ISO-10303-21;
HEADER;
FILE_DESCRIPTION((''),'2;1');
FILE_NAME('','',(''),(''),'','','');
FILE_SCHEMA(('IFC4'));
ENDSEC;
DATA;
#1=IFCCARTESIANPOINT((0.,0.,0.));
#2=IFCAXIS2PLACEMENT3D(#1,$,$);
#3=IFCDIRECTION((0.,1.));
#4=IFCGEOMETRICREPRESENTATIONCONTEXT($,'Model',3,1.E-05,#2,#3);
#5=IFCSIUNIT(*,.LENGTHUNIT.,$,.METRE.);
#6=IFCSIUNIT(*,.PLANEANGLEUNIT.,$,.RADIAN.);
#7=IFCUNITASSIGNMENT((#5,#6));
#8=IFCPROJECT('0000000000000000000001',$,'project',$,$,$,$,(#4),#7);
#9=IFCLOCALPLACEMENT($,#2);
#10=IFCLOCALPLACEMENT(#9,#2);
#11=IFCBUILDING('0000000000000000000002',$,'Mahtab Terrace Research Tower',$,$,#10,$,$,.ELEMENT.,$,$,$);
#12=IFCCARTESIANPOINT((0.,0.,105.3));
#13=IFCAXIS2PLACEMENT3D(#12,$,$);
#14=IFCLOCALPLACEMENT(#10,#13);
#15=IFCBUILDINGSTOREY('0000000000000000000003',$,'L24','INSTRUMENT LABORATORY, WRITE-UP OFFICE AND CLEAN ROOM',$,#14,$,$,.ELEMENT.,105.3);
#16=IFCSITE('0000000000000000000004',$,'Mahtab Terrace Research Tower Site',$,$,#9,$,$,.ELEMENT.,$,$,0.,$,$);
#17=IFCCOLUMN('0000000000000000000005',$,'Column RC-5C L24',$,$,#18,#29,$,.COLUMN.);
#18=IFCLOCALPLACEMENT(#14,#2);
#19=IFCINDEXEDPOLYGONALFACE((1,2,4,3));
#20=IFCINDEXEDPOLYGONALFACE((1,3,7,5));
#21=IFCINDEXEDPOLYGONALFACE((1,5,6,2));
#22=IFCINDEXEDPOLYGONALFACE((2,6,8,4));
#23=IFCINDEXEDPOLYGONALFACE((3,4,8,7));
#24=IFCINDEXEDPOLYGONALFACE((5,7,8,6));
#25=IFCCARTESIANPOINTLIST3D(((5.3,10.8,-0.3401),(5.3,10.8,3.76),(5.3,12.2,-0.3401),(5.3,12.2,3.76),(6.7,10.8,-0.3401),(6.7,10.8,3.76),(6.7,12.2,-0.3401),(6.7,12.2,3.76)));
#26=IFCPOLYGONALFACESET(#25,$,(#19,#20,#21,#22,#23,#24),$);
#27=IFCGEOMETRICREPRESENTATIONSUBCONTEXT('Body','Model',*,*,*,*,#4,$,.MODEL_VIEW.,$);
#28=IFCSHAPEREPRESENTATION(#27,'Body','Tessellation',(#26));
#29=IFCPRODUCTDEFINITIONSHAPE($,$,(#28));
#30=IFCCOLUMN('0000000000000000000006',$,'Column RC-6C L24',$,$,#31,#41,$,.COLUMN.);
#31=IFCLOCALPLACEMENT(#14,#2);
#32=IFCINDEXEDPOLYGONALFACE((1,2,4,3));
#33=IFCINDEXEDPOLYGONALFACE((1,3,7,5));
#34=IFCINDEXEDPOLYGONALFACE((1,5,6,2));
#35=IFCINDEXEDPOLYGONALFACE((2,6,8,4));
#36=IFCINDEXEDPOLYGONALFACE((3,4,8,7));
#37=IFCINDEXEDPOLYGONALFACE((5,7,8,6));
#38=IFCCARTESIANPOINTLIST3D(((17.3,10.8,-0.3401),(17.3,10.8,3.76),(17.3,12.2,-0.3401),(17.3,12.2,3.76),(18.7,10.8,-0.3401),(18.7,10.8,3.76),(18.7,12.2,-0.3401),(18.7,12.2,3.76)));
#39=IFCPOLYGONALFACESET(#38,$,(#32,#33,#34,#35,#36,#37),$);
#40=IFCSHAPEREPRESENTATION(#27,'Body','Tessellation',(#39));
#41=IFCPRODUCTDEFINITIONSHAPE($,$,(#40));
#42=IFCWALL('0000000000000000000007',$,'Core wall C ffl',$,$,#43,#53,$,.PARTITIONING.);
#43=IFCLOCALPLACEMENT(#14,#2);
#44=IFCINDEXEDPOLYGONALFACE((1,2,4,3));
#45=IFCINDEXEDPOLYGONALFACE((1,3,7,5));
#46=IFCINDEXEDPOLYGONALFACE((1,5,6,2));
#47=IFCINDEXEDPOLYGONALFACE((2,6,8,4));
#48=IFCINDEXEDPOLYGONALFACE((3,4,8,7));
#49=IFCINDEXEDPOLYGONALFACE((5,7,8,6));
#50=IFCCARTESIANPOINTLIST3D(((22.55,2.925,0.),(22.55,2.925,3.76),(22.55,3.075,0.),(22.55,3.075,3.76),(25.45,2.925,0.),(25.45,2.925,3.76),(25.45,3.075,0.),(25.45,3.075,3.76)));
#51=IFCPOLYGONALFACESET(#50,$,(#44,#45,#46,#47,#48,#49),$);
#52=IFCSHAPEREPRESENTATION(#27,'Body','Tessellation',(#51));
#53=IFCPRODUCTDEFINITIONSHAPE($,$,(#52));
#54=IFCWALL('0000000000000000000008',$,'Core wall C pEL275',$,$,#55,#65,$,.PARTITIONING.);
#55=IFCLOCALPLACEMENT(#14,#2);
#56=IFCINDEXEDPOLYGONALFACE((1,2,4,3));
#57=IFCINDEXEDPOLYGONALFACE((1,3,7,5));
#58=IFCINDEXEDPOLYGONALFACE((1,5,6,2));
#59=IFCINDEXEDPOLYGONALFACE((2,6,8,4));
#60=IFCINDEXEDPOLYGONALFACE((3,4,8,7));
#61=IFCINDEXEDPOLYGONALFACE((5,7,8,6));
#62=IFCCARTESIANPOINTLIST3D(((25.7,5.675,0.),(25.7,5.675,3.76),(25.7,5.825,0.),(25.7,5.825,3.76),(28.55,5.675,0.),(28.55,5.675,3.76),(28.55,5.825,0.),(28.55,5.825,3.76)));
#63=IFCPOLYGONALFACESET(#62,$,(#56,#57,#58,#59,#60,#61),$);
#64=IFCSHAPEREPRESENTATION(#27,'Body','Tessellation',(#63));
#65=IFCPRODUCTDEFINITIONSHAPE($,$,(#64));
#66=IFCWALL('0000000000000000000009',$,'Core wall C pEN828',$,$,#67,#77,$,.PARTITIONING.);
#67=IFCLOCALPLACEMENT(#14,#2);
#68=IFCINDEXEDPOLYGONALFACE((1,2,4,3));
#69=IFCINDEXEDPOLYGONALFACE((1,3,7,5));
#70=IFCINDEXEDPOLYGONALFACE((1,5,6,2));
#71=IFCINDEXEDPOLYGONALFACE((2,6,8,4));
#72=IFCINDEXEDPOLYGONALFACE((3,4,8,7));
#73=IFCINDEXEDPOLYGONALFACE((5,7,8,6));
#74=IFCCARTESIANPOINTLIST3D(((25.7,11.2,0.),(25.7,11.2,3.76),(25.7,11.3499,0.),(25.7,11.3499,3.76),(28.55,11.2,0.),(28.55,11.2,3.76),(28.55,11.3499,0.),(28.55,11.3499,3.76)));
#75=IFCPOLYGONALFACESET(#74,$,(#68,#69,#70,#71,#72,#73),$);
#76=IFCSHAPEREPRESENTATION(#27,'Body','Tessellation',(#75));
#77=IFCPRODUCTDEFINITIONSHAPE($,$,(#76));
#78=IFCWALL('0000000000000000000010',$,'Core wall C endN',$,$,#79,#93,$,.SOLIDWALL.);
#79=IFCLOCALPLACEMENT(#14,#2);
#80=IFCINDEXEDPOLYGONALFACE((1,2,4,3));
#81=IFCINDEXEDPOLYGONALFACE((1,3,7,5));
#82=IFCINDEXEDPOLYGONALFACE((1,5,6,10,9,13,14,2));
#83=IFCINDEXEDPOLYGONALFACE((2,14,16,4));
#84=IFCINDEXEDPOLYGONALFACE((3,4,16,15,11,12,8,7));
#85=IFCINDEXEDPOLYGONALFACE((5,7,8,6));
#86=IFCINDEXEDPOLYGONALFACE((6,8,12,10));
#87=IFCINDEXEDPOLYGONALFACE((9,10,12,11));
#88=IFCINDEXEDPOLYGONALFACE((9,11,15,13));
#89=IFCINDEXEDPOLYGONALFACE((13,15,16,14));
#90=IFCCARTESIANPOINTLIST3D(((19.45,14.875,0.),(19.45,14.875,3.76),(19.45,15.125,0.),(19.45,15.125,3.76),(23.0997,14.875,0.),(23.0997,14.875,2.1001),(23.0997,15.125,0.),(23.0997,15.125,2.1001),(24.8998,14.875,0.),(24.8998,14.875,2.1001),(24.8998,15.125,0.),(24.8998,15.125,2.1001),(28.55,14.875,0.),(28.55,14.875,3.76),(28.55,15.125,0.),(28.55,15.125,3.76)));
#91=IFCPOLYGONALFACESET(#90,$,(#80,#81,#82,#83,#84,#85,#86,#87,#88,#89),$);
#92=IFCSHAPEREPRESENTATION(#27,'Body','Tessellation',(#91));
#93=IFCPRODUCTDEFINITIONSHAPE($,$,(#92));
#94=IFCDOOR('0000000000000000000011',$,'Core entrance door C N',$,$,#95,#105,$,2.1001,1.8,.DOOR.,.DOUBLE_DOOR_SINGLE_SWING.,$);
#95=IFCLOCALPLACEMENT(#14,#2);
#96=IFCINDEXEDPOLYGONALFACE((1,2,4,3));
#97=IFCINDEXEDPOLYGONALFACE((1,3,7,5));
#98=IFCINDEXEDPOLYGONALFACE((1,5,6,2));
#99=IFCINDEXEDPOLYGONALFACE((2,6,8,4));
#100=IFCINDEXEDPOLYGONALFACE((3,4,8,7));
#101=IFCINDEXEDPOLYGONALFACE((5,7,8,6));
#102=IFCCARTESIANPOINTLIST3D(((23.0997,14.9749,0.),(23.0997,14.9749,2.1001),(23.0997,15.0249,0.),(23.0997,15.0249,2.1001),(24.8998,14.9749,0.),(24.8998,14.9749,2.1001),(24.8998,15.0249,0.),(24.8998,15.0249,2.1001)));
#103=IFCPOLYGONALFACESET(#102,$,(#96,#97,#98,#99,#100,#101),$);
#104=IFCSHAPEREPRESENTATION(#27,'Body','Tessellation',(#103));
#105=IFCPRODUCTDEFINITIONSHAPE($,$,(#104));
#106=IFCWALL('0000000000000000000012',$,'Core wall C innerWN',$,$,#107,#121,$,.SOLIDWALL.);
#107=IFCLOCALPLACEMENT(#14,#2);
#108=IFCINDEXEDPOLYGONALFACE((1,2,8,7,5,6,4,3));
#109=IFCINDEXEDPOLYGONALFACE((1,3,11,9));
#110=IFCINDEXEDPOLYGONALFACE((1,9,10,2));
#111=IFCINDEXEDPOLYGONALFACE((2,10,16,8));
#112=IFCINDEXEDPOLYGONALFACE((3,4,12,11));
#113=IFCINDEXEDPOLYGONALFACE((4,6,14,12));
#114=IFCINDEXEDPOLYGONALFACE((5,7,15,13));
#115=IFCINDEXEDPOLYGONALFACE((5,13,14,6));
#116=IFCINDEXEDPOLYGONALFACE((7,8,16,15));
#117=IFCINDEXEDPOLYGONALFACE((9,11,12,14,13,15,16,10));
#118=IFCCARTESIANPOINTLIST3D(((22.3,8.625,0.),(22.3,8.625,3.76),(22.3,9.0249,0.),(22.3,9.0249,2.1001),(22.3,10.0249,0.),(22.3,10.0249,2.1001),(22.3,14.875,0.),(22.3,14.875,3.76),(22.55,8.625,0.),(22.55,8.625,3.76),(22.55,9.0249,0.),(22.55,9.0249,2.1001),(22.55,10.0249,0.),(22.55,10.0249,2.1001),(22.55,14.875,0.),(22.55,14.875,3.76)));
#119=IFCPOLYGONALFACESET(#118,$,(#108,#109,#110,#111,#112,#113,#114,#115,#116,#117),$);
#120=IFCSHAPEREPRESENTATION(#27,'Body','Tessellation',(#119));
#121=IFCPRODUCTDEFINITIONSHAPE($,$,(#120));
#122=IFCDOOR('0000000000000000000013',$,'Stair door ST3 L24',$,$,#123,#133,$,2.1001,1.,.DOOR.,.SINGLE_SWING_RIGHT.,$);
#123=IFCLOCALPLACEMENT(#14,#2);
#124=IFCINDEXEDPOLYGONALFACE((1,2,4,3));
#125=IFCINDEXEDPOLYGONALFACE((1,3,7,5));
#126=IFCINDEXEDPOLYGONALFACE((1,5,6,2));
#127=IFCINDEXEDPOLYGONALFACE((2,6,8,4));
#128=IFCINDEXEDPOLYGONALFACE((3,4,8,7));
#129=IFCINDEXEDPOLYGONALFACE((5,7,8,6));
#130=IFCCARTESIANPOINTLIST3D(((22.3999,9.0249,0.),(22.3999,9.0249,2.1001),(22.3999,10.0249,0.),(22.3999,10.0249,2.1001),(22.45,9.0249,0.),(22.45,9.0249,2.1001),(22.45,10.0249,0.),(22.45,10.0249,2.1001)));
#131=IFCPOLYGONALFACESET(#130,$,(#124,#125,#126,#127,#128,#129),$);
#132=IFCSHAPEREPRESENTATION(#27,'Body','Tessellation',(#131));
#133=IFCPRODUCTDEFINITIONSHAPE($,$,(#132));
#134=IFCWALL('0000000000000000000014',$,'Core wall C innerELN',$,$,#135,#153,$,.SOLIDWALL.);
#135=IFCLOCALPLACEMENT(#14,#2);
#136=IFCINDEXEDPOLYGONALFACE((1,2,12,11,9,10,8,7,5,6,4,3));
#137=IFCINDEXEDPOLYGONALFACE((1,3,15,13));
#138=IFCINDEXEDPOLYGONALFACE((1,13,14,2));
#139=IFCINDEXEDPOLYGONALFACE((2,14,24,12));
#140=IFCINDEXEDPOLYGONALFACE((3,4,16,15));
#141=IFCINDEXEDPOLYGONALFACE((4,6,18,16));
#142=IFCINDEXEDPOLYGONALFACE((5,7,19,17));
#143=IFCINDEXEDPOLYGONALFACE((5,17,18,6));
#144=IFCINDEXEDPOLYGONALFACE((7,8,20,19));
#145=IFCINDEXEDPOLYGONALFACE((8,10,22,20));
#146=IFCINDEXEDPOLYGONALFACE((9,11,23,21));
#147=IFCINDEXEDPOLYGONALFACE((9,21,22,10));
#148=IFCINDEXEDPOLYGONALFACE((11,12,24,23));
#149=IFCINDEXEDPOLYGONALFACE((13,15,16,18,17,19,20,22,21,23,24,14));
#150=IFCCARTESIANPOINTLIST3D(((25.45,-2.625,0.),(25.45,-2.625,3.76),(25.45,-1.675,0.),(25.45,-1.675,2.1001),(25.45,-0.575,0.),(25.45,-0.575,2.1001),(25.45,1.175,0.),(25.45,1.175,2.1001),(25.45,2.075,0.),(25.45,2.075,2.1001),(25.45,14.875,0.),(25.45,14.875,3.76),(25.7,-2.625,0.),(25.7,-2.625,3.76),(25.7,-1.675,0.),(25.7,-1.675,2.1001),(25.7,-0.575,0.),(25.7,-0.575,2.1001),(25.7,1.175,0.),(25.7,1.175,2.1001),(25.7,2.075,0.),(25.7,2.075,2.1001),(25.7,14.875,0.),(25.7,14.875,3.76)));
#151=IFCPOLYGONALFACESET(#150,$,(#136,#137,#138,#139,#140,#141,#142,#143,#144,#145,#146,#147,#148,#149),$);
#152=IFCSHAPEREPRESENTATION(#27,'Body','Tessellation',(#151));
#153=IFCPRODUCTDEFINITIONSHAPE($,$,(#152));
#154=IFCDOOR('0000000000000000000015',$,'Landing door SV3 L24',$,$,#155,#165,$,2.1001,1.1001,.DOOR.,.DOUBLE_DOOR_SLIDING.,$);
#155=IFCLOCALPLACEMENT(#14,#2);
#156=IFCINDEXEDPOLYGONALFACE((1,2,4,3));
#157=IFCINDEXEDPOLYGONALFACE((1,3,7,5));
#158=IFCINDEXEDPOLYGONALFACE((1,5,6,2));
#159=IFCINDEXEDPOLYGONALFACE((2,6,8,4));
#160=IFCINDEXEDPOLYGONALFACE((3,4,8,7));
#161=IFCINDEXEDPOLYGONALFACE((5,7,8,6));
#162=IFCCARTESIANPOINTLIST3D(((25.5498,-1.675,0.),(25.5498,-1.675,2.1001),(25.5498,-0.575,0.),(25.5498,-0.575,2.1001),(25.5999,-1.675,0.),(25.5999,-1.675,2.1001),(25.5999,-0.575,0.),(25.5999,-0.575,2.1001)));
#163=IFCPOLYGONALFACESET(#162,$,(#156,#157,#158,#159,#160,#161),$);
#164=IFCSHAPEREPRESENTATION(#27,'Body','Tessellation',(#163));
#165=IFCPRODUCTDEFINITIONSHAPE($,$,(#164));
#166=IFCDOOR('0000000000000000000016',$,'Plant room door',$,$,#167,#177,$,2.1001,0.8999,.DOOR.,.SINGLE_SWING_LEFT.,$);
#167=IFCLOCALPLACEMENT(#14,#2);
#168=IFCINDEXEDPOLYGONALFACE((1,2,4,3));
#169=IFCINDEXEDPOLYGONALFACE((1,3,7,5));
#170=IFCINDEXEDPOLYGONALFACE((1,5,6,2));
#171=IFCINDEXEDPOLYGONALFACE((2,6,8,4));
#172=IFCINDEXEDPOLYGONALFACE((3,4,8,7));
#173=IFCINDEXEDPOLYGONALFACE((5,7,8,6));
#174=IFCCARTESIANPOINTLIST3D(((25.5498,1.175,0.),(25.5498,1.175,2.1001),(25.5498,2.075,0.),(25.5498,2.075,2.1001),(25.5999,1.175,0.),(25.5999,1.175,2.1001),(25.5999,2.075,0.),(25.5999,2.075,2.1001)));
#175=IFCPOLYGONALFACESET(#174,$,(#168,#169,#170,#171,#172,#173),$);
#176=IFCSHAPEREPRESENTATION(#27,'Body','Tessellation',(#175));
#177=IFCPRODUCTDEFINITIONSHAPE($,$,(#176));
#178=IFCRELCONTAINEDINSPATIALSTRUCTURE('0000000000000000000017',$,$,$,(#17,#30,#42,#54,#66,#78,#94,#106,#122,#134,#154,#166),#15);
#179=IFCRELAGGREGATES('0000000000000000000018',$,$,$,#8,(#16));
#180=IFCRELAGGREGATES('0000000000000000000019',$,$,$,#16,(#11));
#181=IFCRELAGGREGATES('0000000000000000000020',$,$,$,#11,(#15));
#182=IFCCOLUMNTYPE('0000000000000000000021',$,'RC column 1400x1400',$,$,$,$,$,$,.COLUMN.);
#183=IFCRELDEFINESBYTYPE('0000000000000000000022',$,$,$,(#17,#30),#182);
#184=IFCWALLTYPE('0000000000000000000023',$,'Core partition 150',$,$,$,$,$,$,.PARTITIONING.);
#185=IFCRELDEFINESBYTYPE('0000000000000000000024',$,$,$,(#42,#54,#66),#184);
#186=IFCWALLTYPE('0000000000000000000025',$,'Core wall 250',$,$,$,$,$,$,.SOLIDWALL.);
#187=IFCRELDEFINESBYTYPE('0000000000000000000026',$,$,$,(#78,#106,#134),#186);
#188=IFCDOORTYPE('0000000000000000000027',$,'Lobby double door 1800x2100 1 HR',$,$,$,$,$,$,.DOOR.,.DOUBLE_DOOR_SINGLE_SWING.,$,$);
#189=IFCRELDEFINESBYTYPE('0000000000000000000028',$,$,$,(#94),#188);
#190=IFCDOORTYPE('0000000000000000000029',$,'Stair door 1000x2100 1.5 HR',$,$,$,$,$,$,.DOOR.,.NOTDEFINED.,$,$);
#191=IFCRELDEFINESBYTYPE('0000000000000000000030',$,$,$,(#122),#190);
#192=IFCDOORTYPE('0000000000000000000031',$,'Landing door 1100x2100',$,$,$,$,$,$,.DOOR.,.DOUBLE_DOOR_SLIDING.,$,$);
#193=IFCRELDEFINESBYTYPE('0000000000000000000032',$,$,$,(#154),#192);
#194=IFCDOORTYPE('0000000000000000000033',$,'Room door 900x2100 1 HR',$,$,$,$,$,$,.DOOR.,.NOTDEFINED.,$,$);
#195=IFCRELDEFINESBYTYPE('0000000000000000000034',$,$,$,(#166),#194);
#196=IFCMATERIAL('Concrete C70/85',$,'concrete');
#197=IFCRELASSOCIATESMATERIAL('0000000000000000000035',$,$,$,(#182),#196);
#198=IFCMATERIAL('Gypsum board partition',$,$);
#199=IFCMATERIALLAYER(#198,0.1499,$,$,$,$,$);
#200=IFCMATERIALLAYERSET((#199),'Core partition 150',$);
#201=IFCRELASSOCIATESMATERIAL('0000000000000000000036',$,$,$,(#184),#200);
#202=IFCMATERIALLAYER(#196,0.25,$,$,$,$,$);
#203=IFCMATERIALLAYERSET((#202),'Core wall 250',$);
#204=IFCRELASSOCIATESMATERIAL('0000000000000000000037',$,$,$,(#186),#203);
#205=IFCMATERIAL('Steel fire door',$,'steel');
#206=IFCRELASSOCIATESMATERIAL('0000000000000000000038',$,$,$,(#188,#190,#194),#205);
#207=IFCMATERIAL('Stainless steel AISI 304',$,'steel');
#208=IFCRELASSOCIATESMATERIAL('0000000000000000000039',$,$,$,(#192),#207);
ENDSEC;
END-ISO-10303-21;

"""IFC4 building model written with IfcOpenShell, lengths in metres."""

from ifc_helpers import new_model, si_unit, direction, frame, frame_2d, origin, origin_2d, place, context, subcontext, project, spatial, rectangle, extrude, material, layer, layer_set, material_profile, profile_set, type_object, element, fill, save


model = new_model("IFC4")

# Units and contexts
model_context = context("Model", 3, precision=1e-05, world=origin(), true_north=direction((0.0, 1.0)))
body_context = subcontext(model_context, "Body", "Model", "MODEL_VIEW")
ifc_project = project(units=[si_unit("LENGTHUNIT", "METRE"), si_unit("PLANEANGLEUNIT", "RADIAN")], contexts=[model_context])

# Site, building, storey
site_placement = place(None, origin())
site = spatial("IfcSite", under=ifc_project, at=site_placement, Name="Mahtab Terrace Research Tower Site", CompositionType="ELEMENT", RefElevation=0.0)
building_placement = place(site_placement, origin())
building = spatial("IfcBuilding", under=site, at=building_placement, Name="Mahtab Terrace Research Tower", CompositionType="ELEMENT")
storey_placement = place(building_placement, frame((0.0, 0.0, 105.3)))
storey = spatial("IfcBuildingStorey", under=building, at=storey_placement, Name="L24", Description="INSTRUMENT LABORATORY, WRITE-UP OFFICE AND CLEAN ROOM", CompositionType="ELEMENT", Elevation=105.3)

# Columns
ifc_material_1 = material(Name="Concrete C70/85", Category="concrete")
ifc_material_profile = material_profile(ifc_material_1, rectangle(XDim=1.3999, YDim=1.3999, at=origin_2d()), Name="RC column 1400x1400")
ifc_profile_set = profile_set([ifc_material_profile], Name="Concrete C70/85")
column_type = type_object("IfcColumnType", Name="RC column 1400x1400", PredefinedType="COLUMN", material=ifc_profile_set)
for number, where, z_axis, x_axis, name in (
    (1, (6.0, 11.5, -0.3401), (0.0, 0.0, 1.0), (1.0, 0.0, 0.0), "Column RC-5C L24"),
    (2, (18.0, 11.5, -0.3401), (0.0, 0.0, 1.0), (1.0, 0.0, 0.0), "Column RC-6C L24"),
):
    element("IfcColumn", number, at=place(storey_placement, frame(where, z_axis=z_axis, x_axis=x_axis)), inside=storey, type_object=column_type, Name=name, PredefinedType="COLUMN", context=body_context, shape_type="SweptSolid", body=[
        extrude(rectangle(XDim=1.3999, YDim=1.3999, at=origin_2d()), origin(), (0.0, 0.0, 1.0), 4.1001),
    ])

# Walls
ifc_material_2 = material(Name="Gypsum board partition")
ifc_layer_1 = layer(ifc_material_2, 0.1499)
ifc_layer_set_1 = layer_set([ifc_layer_1], Name="Core partition 150")
wall_type_1 = type_object("IfcWallType", Name="Core partition 150", PredefinedType="PARTITIONING", material=ifc_layer_set_1)
wall_1_placement = place(storey_placement, frame((22.55, 3.0, 0.0), z_axis=(0.0, 0.0, 1.0), x_axis=(1.0, 0.0, 0.0)))
element("IfcWall", 3, at=wall_1_placement, inside=storey, type_object=wall_type_1, Name="Core wall C ffl", PredefinedType="PARTITIONING", context=body_context, shape_type="SweptSolid", body=[
    extrude(rectangle(XDim=2.8999, YDim=0.1499, at=frame_2d((1.45, 0.0))), origin(), (0.0, 0.0, 1.0), 3.76),
])
for number, where, z_axis, x_axis, name in (
    (4, (25.7, 5.75, 0.0), (0.0, 0.0, 1.0), (1.0, 0.0, 0.0), "Core wall C pEL275"),
    (5, (25.7, 11.2749, 0.0), (0.0, 0.0, 1.0), (1.0, 0.0, 0.0), "Core wall C pEN828"),
):
    element("IfcWall", number, at=place(storey_placement, frame(where, z_axis=z_axis, x_axis=x_axis)), inside=storey, type_object=wall_type_1, Name=name, PredefinedType="PARTITIONING", context=body_context, shape_type="SweptSolid", body=[
        extrude(rectangle(XDim=2.8501, YDim=0.1499, at=frame_2d((1.425, 0.0))), origin(), (0.0, 0.0, 1.0), 3.76),
    ])

# Walls, openings, doors
ifc_layer_2 = layer(ifc_material_1, 0.25)
ifc_layer_set_2 = layer_set([ifc_layer_2], Name="Core wall 250")
wall_type_2 = type_object("IfcWallType", Name="Core wall 250", PredefinedType="SOLIDWALL", material=ifc_layer_set_2)
wall_2_placement = place(storey_placement, frame((19.45, 15.0, 0.0), z_axis=(0.0, 0.0, 1.0), x_axis=(1.0, 0.0, 0.0)))
wall_2 = element("IfcWall", 6, at=wall_2_placement, inside=storey, type_object=wall_type_2, Name="Core wall C endN", PredefinedType="SOLIDWALL", context=body_context, shape_type="SweptSolid", body=[
    extrude(rectangle(XDim=9.1001, YDim=0.25, at=frame_2d((4.55, 0.0))), origin(), (0.0, 0.0, 1.0), 3.76),
])
opening_1_placement = place(wall_2_placement, frame((3.6499, 0.0, 0.0)))
opening_1 = element("IfcOpeningElement", 7, at=opening_1_placement, cuts=wall_2, PredefinedType="OPENING", context=body_context, shape_type="SweptSolid", body=[
    extrude(rectangle(XDim=1.8, YDim=2.1001, at=frame_2d((0.8999, 1.05))), frame((0.0, 0.135, 0.0), z_axis=(0.0, -1.0, 0.0), x_axis=(1.0, 0.0, 0.0)), (0.0, 0.0, 1.0), 0.27),
])
ifc_material_3 = material(Name="Steel fire door", Category="steel")
door_type_1 = type_object("IfcDoorType", Name="Lobby double door 1800x2100 1 HR", OperationType="DOUBLE_DOOR_SINGLE_SWING", PredefinedType="DOOR", material=ifc_material_3)
door_1_placement = place(opening_1_placement, origin())
door_1 = element("IfcDoor", 8, at=door_1_placement, inside=storey, type_object=door_type_1, Name="Core entrance door C N", OperationType="DOUBLE_DOOR_SINGLE_SWING", OverallHeight=2.1001, OverallWidth=1.8, PredefinedType="DOOR", context=body_context, shape_type="SweptSolid", body=[
    extrude(rectangle(XDim=1.8, YDim=2.1001, at=frame_2d((0.8999, 1.05))), frame((0.0, 0.0249, 0.0), z_axis=(0.0, -1.0, 0.0), x_axis=(1.0, 0.0, 0.0)), (0.0, 0.0, 1.0), 0.05),
])
fill(opening_1, door_1)
wall_3_placement = place(storey_placement, frame((22.425, 14.875, 0.0), z_axis=(0.0, 0.0, 1.0), x_axis=(0.0, -1.0, 0.0)))
wall_3 = element("IfcWall", 9, at=wall_3_placement, inside=storey, type_object=wall_type_2, Name="Core wall C innerWN", PredefinedType="SOLIDWALL", context=body_context, shape_type="SweptSolid", body=[
    extrude(rectangle(XDim=6.25, YDim=0.25, at=frame_2d((3.125, 0.0))), origin(), (0.0, 0.0, 1.0), 3.76),
])
opening_2_placement = place(wall_3_placement, frame((4.8501, 0.0, 0.0)))
opening_2 = element("IfcOpeningElement", 10, at=opening_2_placement, cuts=wall_3, PredefinedType="OPENING", context=body_context, shape_type="SweptSolid", body=[
    extrude(rectangle(XDim=1.0, YDim=2.1001, at=frame_2d((0.5, 1.05))), frame((0.0, 0.135, 0.0), z_axis=(0.0, -1.0, 0.0), x_axis=(1.0, 0.0, 0.0)), (0.0, 0.0, 1.0), 0.27),
])
door_type_2 = type_object("IfcDoorType", Name="Stair door 1000x2100 1.5 HR", OperationType="NOTDEFINED", PredefinedType="DOOR", material=ifc_material_3)
door_2_placement = place(opening_2_placement, origin())
door_2 = element("IfcDoor", 11, at=door_2_placement, inside=storey, type_object=door_type_2, Name="Stair door ST3 L24", OperationType="SINGLE_SWING_RIGHT", OverallHeight=2.1001, OverallWidth=1.0, PredefinedType="DOOR", context=body_context, shape_type="SweptSolid", body=[
    extrude(rectangle(XDim=1.0, YDim=2.1001, at=frame_2d((0.5, 1.05))), frame((0.0, 0.0249, 0.0), z_axis=(0.0, -1.0, 0.0), x_axis=(1.0, 0.0, 0.0)), (0.0, 0.0, 1.0), 0.05),
])
fill(opening_2, door_2)

# Wall, openings, doors
wall_4_placement = place(storey_placement, frame((25.575, 14.875, 0.0), z_axis=(0.0, 0.0, 1.0), x_axis=(0.0, -1.0, 0.0)))
wall_4 = element("IfcWall", 12, at=wall_4_placement, inside=storey, type_object=wall_type_2, Name="Core wall C innerELN", PredefinedType="SOLIDWALL", context=body_context, shape_type="SweptSolid", body=[
    extrude(rectangle(XDim=17.5, YDim=0.25, at=frame_2d((8.75, 0.0))), origin(), (0.0, 0.0, 1.0), 3.76),
])
opening_3_placement = place(wall_4_placement, frame((15.45, 0.0, 0.0)))
opening_3 = element("IfcOpeningElement", 13, at=opening_3_placement, cuts=wall_4, PredefinedType="OPENING", context=body_context, shape_type="SweptSolid", body=[
    extrude(rectangle(XDim=1.1001, YDim=2.1001, at=frame_2d((0.55, 1.05))), frame((0.0, 0.135, 0.0), z_axis=(0.0, -1.0, 0.0), x_axis=(1.0, 0.0, 0.0)), (0.0, 0.0, 1.0), 0.27),
])
opening_4_placement = place(wall_4_placement, frame((12.8, 0.0, 0.0)))
opening_4 = element("IfcOpeningElement", 14, at=opening_4_placement, cuts=wall_4, PredefinedType="OPENING", context=body_context, shape_type="SweptSolid", body=[
    extrude(rectangle(XDim=0.8999, YDim=2.1001, at=frame_2d((0.45, 1.05))), frame((0.0, 0.135, 0.0), z_axis=(0.0, -1.0, 0.0), x_axis=(1.0, 0.0, 0.0)), (0.0, 0.0, 1.0), 0.27),
])
ifc_material_4 = material(Name="Stainless steel AISI 304", Category="steel")
door_type_3 = type_object("IfcDoorType", Name="Landing door 1100x2100", OperationType="DOUBLE_DOOR_SLIDING", PredefinedType="DOOR", material=ifc_material_4)
door_3_placement = place(opening_3_placement, origin())
door_3 = element("IfcDoor", 15, at=door_3_placement, inside=storey, type_object=door_type_3, Name="Landing door SV3 L24", OperationType="DOUBLE_DOOR_SLIDING", OverallHeight=2.1001, OverallWidth=1.1001, PredefinedType="DOOR", context=body_context, shape_type="SweptSolid", body=[
    extrude(rectangle(XDim=1.1001, YDim=2.1001, at=frame_2d((0.55, 1.05))), frame((0.0, 0.0249, 0.0), z_axis=(0.0, -1.0, 0.0), x_axis=(1.0, 0.0, 0.0)), (0.0, 0.0, 1.0), 0.05),
])
fill(opening_3, door_3)
door_type_4 = type_object("IfcDoorType", Name="Room door 900x2100 1 HR", OperationType="NOTDEFINED", PredefinedType="DOOR", material=ifc_material_3)
door_4_placement = place(opening_4_placement, origin())
door_4 = element("IfcDoor", 16, at=door_4_placement, inside=storey, type_object=door_type_4, Name="Plant room door", OperationType="SINGLE_SWING_LEFT", OverallHeight=2.1001, OverallWidth=0.8999, PredefinedType="DOOR", context=body_context, shape_type="SweptSolid", body=[
    extrude(rectangle(XDim=0.8999, YDim=2.1001, at=frame_2d((0.45, 1.05))), frame((0.0, 0.0249, 0.0), z_axis=(0.0, -1.0, 0.0), x_axis=(1.0, 0.0, 0.0)), (0.0, 0.0, 1.0), 0.05),
])
fill(opening_4, door_4)

save(model, "model.ifc")
